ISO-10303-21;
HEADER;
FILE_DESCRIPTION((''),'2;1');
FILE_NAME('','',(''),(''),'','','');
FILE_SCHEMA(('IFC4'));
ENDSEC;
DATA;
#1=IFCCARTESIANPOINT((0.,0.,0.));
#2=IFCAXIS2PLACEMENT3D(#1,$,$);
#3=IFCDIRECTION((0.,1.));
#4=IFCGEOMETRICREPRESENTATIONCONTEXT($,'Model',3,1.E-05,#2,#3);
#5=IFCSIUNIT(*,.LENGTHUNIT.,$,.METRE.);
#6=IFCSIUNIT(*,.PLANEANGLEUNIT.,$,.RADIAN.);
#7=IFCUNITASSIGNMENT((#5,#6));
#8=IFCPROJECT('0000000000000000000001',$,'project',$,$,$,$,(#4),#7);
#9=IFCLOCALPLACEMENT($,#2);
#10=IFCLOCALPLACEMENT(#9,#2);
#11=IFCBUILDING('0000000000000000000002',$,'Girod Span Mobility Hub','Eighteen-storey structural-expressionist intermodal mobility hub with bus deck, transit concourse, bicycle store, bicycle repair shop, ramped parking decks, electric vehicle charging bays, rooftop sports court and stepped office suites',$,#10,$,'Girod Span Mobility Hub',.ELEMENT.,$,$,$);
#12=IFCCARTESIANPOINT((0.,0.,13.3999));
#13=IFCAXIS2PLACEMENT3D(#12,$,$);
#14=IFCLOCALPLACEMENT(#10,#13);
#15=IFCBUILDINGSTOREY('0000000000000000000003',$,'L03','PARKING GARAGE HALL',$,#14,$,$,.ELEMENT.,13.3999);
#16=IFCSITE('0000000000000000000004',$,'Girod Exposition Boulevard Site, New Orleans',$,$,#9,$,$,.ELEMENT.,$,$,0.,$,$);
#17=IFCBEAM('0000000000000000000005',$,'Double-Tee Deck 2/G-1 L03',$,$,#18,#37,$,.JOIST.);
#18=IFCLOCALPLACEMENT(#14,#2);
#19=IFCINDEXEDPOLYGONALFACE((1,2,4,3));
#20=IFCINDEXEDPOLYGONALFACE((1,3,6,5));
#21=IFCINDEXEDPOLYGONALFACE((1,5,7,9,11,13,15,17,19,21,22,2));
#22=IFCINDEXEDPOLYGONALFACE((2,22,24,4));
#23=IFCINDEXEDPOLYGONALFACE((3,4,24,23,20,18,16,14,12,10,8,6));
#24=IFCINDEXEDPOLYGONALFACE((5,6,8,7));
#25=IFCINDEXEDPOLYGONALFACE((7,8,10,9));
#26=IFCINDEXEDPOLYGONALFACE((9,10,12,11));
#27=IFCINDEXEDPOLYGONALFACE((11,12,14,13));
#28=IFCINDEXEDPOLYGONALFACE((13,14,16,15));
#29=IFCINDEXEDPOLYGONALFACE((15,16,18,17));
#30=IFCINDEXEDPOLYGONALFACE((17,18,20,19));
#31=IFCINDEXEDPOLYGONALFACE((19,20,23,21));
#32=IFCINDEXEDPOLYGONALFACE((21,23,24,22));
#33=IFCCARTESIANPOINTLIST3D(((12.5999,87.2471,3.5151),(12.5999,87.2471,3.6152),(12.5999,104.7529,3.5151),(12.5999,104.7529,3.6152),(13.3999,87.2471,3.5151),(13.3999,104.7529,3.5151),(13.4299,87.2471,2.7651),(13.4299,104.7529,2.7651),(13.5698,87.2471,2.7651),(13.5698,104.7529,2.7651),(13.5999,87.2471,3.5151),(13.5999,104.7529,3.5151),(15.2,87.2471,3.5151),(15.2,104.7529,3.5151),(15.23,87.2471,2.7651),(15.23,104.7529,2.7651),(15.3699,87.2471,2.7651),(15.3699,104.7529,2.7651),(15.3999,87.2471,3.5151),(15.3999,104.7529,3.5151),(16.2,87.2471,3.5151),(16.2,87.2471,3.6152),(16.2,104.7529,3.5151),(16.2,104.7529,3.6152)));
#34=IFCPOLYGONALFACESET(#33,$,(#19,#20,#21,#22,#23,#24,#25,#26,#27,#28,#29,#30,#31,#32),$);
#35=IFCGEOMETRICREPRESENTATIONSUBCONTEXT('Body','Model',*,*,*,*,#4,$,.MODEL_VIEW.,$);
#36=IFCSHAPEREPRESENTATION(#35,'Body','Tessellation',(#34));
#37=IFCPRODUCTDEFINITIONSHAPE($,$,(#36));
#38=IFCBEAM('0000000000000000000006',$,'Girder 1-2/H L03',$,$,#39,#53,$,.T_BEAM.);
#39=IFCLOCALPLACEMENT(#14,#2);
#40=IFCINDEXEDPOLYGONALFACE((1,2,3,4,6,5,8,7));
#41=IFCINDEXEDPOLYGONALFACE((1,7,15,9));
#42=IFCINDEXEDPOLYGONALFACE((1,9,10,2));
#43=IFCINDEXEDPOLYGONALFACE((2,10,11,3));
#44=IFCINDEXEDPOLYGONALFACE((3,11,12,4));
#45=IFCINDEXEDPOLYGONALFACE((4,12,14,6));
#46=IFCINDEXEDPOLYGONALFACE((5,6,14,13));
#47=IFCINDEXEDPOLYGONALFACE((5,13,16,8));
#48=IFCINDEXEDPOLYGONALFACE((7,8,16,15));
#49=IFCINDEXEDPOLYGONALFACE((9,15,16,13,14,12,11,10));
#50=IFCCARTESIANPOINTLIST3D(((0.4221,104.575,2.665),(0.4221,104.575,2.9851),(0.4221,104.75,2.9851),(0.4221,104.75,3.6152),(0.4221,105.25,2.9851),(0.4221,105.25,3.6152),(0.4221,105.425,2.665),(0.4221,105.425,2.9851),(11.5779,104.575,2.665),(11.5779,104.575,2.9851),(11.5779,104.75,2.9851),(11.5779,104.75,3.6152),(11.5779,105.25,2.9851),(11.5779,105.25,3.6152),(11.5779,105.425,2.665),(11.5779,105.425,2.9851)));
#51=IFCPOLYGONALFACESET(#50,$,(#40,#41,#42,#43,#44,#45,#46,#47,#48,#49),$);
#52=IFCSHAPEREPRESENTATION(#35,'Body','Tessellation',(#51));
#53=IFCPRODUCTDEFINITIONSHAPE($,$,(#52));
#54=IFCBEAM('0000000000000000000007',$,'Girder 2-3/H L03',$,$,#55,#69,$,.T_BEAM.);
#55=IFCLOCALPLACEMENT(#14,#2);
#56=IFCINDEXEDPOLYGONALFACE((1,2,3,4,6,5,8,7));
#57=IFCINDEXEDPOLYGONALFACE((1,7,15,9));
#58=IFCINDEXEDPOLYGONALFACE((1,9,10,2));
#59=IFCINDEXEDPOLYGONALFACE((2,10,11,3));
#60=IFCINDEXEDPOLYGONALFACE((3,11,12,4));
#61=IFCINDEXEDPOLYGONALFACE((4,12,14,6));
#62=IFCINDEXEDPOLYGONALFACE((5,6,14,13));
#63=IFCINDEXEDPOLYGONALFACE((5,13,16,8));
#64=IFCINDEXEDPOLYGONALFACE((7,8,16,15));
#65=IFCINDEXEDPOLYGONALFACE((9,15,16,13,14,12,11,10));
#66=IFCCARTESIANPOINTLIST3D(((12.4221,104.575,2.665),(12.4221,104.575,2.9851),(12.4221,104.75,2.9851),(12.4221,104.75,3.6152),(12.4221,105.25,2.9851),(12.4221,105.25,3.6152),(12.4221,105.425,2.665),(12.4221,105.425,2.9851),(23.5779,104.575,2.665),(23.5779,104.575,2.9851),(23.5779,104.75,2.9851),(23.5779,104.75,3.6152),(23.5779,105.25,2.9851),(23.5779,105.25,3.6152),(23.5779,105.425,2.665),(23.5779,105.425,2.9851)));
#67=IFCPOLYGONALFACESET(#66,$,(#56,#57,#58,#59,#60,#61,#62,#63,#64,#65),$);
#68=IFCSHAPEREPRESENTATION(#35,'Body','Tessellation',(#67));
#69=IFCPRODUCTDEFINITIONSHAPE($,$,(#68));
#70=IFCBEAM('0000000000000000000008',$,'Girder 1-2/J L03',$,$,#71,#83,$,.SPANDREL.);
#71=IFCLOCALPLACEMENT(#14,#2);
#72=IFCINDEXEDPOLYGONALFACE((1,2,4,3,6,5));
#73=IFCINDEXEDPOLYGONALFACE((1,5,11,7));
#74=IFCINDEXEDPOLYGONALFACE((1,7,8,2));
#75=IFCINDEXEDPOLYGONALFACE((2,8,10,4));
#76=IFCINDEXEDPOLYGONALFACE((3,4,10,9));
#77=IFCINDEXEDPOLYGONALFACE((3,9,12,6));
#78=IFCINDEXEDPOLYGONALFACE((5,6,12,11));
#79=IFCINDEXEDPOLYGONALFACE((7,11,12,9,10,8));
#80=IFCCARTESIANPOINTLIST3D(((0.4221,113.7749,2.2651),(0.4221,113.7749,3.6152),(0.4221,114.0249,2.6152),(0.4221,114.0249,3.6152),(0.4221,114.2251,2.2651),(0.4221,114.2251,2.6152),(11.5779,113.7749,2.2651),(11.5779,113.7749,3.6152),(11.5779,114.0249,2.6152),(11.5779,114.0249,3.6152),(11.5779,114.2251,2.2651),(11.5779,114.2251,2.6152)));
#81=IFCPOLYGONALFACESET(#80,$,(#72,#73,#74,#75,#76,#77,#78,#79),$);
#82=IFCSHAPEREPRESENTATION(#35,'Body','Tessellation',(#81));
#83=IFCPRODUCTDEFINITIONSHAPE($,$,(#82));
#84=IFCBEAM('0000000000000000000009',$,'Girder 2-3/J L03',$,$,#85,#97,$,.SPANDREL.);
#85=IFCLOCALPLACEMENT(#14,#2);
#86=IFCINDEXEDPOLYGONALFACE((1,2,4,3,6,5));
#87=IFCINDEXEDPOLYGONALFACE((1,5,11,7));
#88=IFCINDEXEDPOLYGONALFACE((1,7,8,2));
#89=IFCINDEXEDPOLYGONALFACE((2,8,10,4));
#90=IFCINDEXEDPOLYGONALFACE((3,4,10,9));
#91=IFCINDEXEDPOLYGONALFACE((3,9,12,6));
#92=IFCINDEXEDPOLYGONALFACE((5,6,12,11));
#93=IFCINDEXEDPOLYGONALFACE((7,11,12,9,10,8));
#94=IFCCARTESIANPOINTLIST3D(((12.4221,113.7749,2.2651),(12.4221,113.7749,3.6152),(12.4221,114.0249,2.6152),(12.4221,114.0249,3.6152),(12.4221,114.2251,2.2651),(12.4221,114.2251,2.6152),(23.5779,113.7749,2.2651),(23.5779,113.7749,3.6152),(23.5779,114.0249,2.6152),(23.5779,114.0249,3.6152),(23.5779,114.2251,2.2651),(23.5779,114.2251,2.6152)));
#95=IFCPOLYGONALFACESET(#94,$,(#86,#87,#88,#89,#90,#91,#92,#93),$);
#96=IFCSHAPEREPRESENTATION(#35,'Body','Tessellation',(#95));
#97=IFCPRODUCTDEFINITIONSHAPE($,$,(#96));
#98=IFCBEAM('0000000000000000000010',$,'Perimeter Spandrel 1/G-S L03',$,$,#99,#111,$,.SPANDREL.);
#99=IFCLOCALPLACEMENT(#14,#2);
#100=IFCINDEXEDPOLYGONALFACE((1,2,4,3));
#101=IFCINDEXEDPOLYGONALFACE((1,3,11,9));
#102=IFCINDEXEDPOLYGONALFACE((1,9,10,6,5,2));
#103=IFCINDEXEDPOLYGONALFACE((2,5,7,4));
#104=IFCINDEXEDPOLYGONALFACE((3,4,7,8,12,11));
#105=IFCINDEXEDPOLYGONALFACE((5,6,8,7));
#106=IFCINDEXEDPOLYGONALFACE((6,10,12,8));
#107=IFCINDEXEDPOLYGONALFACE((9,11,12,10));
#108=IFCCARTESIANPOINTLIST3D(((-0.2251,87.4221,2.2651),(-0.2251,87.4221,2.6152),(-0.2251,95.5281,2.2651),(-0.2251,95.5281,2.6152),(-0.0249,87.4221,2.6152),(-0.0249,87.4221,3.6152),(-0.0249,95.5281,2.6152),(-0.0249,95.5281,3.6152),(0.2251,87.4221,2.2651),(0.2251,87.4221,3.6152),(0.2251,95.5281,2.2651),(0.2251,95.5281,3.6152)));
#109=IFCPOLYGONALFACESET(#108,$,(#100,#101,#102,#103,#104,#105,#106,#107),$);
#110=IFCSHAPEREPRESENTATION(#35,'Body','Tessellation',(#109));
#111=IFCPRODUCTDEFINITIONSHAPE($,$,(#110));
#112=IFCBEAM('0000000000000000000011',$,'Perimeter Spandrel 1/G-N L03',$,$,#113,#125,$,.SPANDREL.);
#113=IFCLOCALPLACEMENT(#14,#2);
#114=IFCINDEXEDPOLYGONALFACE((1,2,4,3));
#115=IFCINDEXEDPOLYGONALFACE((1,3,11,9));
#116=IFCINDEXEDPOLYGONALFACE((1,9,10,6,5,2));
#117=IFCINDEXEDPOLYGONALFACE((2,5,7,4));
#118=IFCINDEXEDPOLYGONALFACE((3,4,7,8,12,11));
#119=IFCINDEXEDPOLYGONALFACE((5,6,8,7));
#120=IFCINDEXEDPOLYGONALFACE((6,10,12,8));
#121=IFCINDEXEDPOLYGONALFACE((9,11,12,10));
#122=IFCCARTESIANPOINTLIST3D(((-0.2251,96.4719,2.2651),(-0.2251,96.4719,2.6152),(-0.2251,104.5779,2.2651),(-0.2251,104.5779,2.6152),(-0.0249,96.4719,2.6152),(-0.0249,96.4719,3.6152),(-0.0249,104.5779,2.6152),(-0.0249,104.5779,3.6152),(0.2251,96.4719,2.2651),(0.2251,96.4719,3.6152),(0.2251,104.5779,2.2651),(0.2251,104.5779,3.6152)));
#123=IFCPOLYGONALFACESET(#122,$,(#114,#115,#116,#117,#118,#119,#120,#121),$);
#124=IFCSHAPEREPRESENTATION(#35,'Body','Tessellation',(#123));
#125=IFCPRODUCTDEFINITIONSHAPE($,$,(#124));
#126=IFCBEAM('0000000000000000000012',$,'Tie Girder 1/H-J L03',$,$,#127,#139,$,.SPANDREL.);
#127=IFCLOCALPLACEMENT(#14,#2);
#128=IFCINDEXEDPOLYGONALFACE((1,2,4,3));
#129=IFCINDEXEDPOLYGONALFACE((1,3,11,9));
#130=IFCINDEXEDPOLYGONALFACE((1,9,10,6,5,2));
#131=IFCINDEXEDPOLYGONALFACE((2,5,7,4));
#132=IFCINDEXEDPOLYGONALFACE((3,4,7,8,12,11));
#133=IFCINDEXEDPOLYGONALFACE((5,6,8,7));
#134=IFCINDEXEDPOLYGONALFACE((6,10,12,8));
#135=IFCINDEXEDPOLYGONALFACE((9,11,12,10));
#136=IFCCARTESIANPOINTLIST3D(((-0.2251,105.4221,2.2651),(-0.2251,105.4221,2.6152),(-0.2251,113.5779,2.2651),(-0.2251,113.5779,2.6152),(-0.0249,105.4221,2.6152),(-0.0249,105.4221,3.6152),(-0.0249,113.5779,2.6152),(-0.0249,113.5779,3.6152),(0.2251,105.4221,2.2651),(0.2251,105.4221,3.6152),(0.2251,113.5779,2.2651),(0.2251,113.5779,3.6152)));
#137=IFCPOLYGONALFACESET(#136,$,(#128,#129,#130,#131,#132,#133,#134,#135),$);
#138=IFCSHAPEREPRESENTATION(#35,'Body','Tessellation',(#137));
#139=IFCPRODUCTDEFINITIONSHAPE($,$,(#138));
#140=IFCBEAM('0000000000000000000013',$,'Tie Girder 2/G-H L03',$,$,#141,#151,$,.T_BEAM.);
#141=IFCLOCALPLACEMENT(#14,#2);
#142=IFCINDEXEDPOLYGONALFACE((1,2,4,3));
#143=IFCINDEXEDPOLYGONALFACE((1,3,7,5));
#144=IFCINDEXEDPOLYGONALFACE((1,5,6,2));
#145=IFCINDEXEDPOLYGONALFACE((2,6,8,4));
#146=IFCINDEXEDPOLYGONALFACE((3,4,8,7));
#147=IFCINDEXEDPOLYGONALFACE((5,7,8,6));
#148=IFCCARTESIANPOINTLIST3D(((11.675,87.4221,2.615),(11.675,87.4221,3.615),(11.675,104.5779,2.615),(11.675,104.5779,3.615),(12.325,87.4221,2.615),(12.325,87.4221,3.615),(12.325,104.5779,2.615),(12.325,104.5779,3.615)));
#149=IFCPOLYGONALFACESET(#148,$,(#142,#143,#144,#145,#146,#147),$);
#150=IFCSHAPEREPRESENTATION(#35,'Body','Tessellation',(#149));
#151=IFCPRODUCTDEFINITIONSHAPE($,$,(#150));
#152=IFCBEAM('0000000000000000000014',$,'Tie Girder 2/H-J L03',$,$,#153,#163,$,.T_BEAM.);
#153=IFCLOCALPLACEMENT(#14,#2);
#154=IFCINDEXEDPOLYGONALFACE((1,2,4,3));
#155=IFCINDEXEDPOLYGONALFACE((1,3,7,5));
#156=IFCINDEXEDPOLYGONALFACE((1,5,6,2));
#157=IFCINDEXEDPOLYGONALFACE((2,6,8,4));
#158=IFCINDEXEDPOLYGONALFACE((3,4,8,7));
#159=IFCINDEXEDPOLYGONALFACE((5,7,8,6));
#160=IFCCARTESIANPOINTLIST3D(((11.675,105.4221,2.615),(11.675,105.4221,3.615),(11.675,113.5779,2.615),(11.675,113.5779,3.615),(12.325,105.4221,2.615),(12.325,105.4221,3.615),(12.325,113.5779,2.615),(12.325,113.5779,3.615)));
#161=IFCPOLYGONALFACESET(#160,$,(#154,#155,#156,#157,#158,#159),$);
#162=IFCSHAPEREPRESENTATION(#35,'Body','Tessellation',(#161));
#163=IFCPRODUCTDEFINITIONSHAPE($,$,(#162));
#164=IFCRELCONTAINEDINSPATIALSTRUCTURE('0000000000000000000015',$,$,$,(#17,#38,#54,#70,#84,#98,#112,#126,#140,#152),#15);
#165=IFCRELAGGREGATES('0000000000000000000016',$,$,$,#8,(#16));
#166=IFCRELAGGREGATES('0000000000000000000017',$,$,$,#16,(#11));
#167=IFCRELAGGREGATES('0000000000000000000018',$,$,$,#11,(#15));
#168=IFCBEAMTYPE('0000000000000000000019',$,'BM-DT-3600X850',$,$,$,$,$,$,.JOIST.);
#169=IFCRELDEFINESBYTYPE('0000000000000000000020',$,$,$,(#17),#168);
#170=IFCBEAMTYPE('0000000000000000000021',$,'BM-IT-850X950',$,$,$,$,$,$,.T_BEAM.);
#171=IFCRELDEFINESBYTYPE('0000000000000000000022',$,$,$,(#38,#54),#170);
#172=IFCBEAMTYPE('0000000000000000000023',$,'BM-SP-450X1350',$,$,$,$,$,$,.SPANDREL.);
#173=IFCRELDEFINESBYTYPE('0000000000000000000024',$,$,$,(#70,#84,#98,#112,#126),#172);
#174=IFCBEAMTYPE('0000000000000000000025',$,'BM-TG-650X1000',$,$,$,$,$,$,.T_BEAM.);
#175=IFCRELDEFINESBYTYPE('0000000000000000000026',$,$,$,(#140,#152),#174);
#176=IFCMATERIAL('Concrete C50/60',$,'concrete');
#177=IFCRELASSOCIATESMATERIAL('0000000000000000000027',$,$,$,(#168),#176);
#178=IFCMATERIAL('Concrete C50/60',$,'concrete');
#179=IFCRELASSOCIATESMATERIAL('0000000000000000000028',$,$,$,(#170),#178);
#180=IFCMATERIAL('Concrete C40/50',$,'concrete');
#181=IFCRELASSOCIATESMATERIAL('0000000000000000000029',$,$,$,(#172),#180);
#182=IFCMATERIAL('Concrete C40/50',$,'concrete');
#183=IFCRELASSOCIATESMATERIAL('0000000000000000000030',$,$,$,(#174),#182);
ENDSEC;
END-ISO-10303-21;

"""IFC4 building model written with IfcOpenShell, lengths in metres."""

from ifc_helpers import new_model, si_unit, direction, frame, origin, origin_2d, place, context, subcontext, project, spatial, polyline, rectangle, outline, extrude, material, material_profile, profile_set, type_object, element, save


model = new_model("IFC4")

# Units and contexts
model_context = context("Model", 3, precision=1e-05, world=origin(), true_north=direction((0.0, 1.0)))
body_context = subcontext(model_context, "Body", "Model", "MODEL_VIEW")
ifc_project = project(units=[si_unit("LENGTHUNIT", "METRE"), si_unit("PLANEANGLEUNIT", "RADIAN")], contexts=[model_context])

# Site, building, storey
site_placement = place(None, origin())
site = spatial("IfcSite", under=ifc_project, at=site_placement, Name="Girod Exposition Boulevard Site, New Orleans", CompositionType="ELEMENT", RefElevation=0.0)
building_placement = place(site_placement, origin())
building = spatial("IfcBuilding", under=site, at=building_placement, Name="Girod Span Mobility Hub", Description="Eighteen-storey structural-expressionist intermodal mobility hub with bus deck, transit concourse, bicycle store, bicycle repair shop, ramped parking decks, electric vehicle charging bays, rooftop sports court and stepped office suites", LongName="Girod Span Mobility Hub", CompositionType="ELEMENT")
storey_placement = place(building_placement, frame((0.0, 0.0, 13.3999)))
storey = spatial("IfcBuildingStorey", under=building, at=storey_placement, Name="L03", Description="PARKING GARAGE HALL", CompositionType="ELEMENT", Elevation=13.3999)

# Beams
ifc_material_1 = material(Name="Concrete C50/60", Category="concrete")
ifc_material_profile_1 = material_profile(ifc_material_1, outline(polyline([(-1.8, 0.425), (-1.8, 0.325), (-1.0, 0.325), (-0.97, -0.425), (-0.8301, -0.425), (-0.8, 0.325), (0.8, 0.325), (0.8301, -0.425), (0.97, -0.425), (1.0, 0.325), (1.8, 0.325), (1.8, 0.425), (-1.8, 0.425)])), Name="DT-3600X850")
ifc_profile_set_1 = profile_set([ifc_material_profile_1], Name="Concrete C50/60")
beam_type_1 = type_object("IfcBeamType", Name="BM-DT-3600X850", PredefinedType="JOIST", material=ifc_profile_set_1)
for number, where, z_axis, x_axis, name in (
    (1, (14.3999, 87.2471, 3.1902), (0.0, 1.0, 0.0), (-1.0, 0.0, 0.0), "Double-Tee Deck 2/G-1 L03"),
):
    element("IfcBeam", number, at=place(storey_placement, frame(where, z_axis=z_axis, x_axis=x_axis)), inside=storey, type_object=beam_type_1, Name=name, PredefinedType="JOIST", context=body_context, shape_type="SweptSolid", body=[
        extrude(outline(polyline([(-1.8, 0.425), (-1.8, 0.325), (-1.0, 0.325), (-0.97, -0.425), (-0.8301, -0.425), (-0.8, 0.325), (0.8, 0.325), (0.8301, -0.425), (0.97, -0.425), (1.0, 0.325), (1.8, 0.325), (1.8, 0.425), (-1.8, 0.425)])), origin(), (0.0, 0.0, 1.0), 17.5059),
    ])
ifc_material_2 = material(Name="Concrete C50/60", Category="concrete")
ifc_material_profile_2 = material_profile(ifc_material_2, outline(polyline([(-0.425, -0.4751), (0.425, -0.4751), (0.425, -0.155), (0.25, -0.155), (0.25, 0.4751), (-0.25, 0.4751), (-0.25, -0.155), (-0.425, -0.155), (-0.425, -0.4751)])), Name="IT-850X950")
ifc_profile_set_2 = profile_set([ifc_material_profile_2], Name="Concrete C50/60")
beam_type_2 = type_object("IfcBeamType", Name="BM-IT-850X950", PredefinedType="T_BEAM", material=ifc_profile_set_2)
for number, where, z_axis, x_axis, name in (
    (2, (0.4221, 105.0, 3.1401), (1.0, 0.0, 0.0), (0.0, 1.0, 0.0), "Girder 1-2/H L03"),
    (3, (12.4221, 105.0, 3.1401), (1.0, 0.0, 0.0), (0.0, 1.0, 0.0), "Girder 2-3/H L03"),
):
    element("IfcBeam", number, at=place(storey_placement, frame(where, z_axis=z_axis, x_axis=x_axis)), inside=storey, type_object=beam_type_2, Name=name, PredefinedType="T_BEAM", context=body_context, shape_type="SweptSolid", body=[
        extrude(outline(polyline([(-0.425, -0.4751), (0.425, -0.4751), (0.425, -0.155), (0.25, -0.155), (0.25, 0.4751), (-0.25, 0.4751), (-0.25, -0.155), (-0.425, -0.155), (-0.425, -0.4751)])), origin(), (0.0, 0.0, 1.0), 11.1558),
    ])
ifc_material_3 = material(Name="Concrete C40/50", Category="concrete")
ifc_material_profile_3 = material_profile(ifc_material_3, outline(polyline([(-0.2251, -0.675), (0.2251, -0.675), (0.2251, -0.325), (0.0249, -0.325), (0.0249, 0.675), (-0.2251, 0.675), (-0.2251, -0.675)])), Name="SP-450X1350")
ifc_profile_set_3 = profile_set([ifc_material_profile_3], Name="Concrete C40/50")
beam_type_3 = type_object("IfcBeamType", Name="BM-SP-450X1350", PredefinedType="SPANDREL", material=ifc_profile_set_3)
for number, where, z_axis, x_axis, name in (
    (4, (0.4221, 114.0, 2.9402), (1.0, 0.0, 0.0), (0.0, 1.0, 0.0), "Girder 1-2/J L03"),
    (5, (12.4221, 114.0, 2.9402), (1.0, 0.0, 0.0), (0.0, 1.0, 0.0), "Girder 2-3/J L03"),
):
    element("IfcBeam", number, at=place(storey_placement, frame(where, z_axis=z_axis, x_axis=x_axis)), inside=storey, type_object=beam_type_3, Name=name, PredefinedType="SPANDREL", context=body_context, shape_type="SweptSolid", body=[
        extrude(outline(polyline([(-0.2251, -0.675), (0.2251, -0.675), (0.2251, -0.325), (0.0249, -0.325), (0.0249, 0.675), (-0.2251, 0.675), (-0.2251, -0.675)])), origin(), (0.0, 0.0, 1.0), 11.1558),
    ])
for number, where, z_axis, x_axis, name in (
    (6, (0.0, 87.4221, 2.9402), (0.0, 1.0, 0.0), (-1.0, 0.0, 0.0), "Perimeter Spandrel 1/G-S L03"),
    (7, (0.0, 96.4719, 2.9402), (0.0, 1.0, 0.0), (-1.0, 0.0, 0.0), "Perimeter Spandrel 1/G-N L03"),
):
    element("IfcBeam", number, at=place(storey_placement, frame(where, z_axis=z_axis, x_axis=x_axis)), inside=storey, type_object=beam_type_3, Name=name, PredefinedType="SPANDREL", context=body_context, shape_type="SweptSolid", body=[
        extrude(outline(polyline([(-0.2251, -0.675), (0.2251, -0.675), (0.2251, -0.325), (0.0249, -0.325), (0.0249, 0.675), (-0.2251, 0.675), (-0.2251, -0.675)])), origin(), (0.0, 0.0, 1.0), 8.106),
    ])
beam_1_placement = place(storey_placement, frame((0.0, 105.4221, 2.9402), z_axis=(0.0, 1.0, 0.0), x_axis=(-1.0, 0.0, 0.0)))
element("IfcBeam", 8, at=beam_1_placement, inside=storey, type_object=beam_type_3, Name="Tie Girder 1/H-J L03", PredefinedType="SPANDREL", context=body_context, shape_type="SweptSolid", body=[
    extrude(outline(polyline([(-0.2251, -0.675), (0.2251, -0.675), (0.2251, -0.325), (0.0249, -0.325), (0.0249, 0.675), (-0.2251, 0.675), (-0.2251, -0.675)])), origin(), (0.0, 0.0, 1.0), 8.1558),
])
ifc_material_4 = material(Name="Concrete C40/50", Category="concrete")
ifc_material_profile_4 = material_profile(ifc_material_4, rectangle(XDim=0.6499, YDim=1.0, at=origin_2d()), Name="TG-650X1000")
ifc_profile_set_4 = profile_set([ifc_material_profile_4], Name="Concrete C40/50")
beam_type_4 = type_object("IfcBeamType", Name="BM-TG-650X1000", PredefinedType="T_BEAM", material=ifc_profile_set_4)
beam_2_placement = place(storey_placement, frame((12.0, 87.4221, 3.115), z_axis=(0.0, 1.0, 0.0), x_axis=(-1.0, 0.0, 0.0)))
element("IfcBeam", 9, at=beam_2_placement, inside=storey, type_object=beam_type_4, Name="Tie Girder 2/G-H L03", PredefinedType="T_BEAM", context=body_context, shape_type="SweptSolid", body=[
    extrude(rectangle(XDim=0.6499, YDim=1.0, at=origin_2d()), origin(), (0.0, 0.0, 1.0), 17.1558),
])
beam_3_placement = place(storey_placement, frame((12.0, 105.4221, 3.115), z_axis=(0.0, 1.0, 0.0), x_axis=(-1.0, 0.0, 0.0)))
element("IfcBeam", 10, at=beam_3_placement, inside=storey, type_object=beam_type_4, Name="Tie Girder 2/H-J L03", PredefinedType="T_BEAM", context=body_context, shape_type="SweptSolid", body=[
    extrude(rectangle(XDim=0.6499, YDim=1.0, at=origin_2d()), origin(), (0.0, 0.0, 1.0), 8.1558),
])

save(model, "model.ifc")
